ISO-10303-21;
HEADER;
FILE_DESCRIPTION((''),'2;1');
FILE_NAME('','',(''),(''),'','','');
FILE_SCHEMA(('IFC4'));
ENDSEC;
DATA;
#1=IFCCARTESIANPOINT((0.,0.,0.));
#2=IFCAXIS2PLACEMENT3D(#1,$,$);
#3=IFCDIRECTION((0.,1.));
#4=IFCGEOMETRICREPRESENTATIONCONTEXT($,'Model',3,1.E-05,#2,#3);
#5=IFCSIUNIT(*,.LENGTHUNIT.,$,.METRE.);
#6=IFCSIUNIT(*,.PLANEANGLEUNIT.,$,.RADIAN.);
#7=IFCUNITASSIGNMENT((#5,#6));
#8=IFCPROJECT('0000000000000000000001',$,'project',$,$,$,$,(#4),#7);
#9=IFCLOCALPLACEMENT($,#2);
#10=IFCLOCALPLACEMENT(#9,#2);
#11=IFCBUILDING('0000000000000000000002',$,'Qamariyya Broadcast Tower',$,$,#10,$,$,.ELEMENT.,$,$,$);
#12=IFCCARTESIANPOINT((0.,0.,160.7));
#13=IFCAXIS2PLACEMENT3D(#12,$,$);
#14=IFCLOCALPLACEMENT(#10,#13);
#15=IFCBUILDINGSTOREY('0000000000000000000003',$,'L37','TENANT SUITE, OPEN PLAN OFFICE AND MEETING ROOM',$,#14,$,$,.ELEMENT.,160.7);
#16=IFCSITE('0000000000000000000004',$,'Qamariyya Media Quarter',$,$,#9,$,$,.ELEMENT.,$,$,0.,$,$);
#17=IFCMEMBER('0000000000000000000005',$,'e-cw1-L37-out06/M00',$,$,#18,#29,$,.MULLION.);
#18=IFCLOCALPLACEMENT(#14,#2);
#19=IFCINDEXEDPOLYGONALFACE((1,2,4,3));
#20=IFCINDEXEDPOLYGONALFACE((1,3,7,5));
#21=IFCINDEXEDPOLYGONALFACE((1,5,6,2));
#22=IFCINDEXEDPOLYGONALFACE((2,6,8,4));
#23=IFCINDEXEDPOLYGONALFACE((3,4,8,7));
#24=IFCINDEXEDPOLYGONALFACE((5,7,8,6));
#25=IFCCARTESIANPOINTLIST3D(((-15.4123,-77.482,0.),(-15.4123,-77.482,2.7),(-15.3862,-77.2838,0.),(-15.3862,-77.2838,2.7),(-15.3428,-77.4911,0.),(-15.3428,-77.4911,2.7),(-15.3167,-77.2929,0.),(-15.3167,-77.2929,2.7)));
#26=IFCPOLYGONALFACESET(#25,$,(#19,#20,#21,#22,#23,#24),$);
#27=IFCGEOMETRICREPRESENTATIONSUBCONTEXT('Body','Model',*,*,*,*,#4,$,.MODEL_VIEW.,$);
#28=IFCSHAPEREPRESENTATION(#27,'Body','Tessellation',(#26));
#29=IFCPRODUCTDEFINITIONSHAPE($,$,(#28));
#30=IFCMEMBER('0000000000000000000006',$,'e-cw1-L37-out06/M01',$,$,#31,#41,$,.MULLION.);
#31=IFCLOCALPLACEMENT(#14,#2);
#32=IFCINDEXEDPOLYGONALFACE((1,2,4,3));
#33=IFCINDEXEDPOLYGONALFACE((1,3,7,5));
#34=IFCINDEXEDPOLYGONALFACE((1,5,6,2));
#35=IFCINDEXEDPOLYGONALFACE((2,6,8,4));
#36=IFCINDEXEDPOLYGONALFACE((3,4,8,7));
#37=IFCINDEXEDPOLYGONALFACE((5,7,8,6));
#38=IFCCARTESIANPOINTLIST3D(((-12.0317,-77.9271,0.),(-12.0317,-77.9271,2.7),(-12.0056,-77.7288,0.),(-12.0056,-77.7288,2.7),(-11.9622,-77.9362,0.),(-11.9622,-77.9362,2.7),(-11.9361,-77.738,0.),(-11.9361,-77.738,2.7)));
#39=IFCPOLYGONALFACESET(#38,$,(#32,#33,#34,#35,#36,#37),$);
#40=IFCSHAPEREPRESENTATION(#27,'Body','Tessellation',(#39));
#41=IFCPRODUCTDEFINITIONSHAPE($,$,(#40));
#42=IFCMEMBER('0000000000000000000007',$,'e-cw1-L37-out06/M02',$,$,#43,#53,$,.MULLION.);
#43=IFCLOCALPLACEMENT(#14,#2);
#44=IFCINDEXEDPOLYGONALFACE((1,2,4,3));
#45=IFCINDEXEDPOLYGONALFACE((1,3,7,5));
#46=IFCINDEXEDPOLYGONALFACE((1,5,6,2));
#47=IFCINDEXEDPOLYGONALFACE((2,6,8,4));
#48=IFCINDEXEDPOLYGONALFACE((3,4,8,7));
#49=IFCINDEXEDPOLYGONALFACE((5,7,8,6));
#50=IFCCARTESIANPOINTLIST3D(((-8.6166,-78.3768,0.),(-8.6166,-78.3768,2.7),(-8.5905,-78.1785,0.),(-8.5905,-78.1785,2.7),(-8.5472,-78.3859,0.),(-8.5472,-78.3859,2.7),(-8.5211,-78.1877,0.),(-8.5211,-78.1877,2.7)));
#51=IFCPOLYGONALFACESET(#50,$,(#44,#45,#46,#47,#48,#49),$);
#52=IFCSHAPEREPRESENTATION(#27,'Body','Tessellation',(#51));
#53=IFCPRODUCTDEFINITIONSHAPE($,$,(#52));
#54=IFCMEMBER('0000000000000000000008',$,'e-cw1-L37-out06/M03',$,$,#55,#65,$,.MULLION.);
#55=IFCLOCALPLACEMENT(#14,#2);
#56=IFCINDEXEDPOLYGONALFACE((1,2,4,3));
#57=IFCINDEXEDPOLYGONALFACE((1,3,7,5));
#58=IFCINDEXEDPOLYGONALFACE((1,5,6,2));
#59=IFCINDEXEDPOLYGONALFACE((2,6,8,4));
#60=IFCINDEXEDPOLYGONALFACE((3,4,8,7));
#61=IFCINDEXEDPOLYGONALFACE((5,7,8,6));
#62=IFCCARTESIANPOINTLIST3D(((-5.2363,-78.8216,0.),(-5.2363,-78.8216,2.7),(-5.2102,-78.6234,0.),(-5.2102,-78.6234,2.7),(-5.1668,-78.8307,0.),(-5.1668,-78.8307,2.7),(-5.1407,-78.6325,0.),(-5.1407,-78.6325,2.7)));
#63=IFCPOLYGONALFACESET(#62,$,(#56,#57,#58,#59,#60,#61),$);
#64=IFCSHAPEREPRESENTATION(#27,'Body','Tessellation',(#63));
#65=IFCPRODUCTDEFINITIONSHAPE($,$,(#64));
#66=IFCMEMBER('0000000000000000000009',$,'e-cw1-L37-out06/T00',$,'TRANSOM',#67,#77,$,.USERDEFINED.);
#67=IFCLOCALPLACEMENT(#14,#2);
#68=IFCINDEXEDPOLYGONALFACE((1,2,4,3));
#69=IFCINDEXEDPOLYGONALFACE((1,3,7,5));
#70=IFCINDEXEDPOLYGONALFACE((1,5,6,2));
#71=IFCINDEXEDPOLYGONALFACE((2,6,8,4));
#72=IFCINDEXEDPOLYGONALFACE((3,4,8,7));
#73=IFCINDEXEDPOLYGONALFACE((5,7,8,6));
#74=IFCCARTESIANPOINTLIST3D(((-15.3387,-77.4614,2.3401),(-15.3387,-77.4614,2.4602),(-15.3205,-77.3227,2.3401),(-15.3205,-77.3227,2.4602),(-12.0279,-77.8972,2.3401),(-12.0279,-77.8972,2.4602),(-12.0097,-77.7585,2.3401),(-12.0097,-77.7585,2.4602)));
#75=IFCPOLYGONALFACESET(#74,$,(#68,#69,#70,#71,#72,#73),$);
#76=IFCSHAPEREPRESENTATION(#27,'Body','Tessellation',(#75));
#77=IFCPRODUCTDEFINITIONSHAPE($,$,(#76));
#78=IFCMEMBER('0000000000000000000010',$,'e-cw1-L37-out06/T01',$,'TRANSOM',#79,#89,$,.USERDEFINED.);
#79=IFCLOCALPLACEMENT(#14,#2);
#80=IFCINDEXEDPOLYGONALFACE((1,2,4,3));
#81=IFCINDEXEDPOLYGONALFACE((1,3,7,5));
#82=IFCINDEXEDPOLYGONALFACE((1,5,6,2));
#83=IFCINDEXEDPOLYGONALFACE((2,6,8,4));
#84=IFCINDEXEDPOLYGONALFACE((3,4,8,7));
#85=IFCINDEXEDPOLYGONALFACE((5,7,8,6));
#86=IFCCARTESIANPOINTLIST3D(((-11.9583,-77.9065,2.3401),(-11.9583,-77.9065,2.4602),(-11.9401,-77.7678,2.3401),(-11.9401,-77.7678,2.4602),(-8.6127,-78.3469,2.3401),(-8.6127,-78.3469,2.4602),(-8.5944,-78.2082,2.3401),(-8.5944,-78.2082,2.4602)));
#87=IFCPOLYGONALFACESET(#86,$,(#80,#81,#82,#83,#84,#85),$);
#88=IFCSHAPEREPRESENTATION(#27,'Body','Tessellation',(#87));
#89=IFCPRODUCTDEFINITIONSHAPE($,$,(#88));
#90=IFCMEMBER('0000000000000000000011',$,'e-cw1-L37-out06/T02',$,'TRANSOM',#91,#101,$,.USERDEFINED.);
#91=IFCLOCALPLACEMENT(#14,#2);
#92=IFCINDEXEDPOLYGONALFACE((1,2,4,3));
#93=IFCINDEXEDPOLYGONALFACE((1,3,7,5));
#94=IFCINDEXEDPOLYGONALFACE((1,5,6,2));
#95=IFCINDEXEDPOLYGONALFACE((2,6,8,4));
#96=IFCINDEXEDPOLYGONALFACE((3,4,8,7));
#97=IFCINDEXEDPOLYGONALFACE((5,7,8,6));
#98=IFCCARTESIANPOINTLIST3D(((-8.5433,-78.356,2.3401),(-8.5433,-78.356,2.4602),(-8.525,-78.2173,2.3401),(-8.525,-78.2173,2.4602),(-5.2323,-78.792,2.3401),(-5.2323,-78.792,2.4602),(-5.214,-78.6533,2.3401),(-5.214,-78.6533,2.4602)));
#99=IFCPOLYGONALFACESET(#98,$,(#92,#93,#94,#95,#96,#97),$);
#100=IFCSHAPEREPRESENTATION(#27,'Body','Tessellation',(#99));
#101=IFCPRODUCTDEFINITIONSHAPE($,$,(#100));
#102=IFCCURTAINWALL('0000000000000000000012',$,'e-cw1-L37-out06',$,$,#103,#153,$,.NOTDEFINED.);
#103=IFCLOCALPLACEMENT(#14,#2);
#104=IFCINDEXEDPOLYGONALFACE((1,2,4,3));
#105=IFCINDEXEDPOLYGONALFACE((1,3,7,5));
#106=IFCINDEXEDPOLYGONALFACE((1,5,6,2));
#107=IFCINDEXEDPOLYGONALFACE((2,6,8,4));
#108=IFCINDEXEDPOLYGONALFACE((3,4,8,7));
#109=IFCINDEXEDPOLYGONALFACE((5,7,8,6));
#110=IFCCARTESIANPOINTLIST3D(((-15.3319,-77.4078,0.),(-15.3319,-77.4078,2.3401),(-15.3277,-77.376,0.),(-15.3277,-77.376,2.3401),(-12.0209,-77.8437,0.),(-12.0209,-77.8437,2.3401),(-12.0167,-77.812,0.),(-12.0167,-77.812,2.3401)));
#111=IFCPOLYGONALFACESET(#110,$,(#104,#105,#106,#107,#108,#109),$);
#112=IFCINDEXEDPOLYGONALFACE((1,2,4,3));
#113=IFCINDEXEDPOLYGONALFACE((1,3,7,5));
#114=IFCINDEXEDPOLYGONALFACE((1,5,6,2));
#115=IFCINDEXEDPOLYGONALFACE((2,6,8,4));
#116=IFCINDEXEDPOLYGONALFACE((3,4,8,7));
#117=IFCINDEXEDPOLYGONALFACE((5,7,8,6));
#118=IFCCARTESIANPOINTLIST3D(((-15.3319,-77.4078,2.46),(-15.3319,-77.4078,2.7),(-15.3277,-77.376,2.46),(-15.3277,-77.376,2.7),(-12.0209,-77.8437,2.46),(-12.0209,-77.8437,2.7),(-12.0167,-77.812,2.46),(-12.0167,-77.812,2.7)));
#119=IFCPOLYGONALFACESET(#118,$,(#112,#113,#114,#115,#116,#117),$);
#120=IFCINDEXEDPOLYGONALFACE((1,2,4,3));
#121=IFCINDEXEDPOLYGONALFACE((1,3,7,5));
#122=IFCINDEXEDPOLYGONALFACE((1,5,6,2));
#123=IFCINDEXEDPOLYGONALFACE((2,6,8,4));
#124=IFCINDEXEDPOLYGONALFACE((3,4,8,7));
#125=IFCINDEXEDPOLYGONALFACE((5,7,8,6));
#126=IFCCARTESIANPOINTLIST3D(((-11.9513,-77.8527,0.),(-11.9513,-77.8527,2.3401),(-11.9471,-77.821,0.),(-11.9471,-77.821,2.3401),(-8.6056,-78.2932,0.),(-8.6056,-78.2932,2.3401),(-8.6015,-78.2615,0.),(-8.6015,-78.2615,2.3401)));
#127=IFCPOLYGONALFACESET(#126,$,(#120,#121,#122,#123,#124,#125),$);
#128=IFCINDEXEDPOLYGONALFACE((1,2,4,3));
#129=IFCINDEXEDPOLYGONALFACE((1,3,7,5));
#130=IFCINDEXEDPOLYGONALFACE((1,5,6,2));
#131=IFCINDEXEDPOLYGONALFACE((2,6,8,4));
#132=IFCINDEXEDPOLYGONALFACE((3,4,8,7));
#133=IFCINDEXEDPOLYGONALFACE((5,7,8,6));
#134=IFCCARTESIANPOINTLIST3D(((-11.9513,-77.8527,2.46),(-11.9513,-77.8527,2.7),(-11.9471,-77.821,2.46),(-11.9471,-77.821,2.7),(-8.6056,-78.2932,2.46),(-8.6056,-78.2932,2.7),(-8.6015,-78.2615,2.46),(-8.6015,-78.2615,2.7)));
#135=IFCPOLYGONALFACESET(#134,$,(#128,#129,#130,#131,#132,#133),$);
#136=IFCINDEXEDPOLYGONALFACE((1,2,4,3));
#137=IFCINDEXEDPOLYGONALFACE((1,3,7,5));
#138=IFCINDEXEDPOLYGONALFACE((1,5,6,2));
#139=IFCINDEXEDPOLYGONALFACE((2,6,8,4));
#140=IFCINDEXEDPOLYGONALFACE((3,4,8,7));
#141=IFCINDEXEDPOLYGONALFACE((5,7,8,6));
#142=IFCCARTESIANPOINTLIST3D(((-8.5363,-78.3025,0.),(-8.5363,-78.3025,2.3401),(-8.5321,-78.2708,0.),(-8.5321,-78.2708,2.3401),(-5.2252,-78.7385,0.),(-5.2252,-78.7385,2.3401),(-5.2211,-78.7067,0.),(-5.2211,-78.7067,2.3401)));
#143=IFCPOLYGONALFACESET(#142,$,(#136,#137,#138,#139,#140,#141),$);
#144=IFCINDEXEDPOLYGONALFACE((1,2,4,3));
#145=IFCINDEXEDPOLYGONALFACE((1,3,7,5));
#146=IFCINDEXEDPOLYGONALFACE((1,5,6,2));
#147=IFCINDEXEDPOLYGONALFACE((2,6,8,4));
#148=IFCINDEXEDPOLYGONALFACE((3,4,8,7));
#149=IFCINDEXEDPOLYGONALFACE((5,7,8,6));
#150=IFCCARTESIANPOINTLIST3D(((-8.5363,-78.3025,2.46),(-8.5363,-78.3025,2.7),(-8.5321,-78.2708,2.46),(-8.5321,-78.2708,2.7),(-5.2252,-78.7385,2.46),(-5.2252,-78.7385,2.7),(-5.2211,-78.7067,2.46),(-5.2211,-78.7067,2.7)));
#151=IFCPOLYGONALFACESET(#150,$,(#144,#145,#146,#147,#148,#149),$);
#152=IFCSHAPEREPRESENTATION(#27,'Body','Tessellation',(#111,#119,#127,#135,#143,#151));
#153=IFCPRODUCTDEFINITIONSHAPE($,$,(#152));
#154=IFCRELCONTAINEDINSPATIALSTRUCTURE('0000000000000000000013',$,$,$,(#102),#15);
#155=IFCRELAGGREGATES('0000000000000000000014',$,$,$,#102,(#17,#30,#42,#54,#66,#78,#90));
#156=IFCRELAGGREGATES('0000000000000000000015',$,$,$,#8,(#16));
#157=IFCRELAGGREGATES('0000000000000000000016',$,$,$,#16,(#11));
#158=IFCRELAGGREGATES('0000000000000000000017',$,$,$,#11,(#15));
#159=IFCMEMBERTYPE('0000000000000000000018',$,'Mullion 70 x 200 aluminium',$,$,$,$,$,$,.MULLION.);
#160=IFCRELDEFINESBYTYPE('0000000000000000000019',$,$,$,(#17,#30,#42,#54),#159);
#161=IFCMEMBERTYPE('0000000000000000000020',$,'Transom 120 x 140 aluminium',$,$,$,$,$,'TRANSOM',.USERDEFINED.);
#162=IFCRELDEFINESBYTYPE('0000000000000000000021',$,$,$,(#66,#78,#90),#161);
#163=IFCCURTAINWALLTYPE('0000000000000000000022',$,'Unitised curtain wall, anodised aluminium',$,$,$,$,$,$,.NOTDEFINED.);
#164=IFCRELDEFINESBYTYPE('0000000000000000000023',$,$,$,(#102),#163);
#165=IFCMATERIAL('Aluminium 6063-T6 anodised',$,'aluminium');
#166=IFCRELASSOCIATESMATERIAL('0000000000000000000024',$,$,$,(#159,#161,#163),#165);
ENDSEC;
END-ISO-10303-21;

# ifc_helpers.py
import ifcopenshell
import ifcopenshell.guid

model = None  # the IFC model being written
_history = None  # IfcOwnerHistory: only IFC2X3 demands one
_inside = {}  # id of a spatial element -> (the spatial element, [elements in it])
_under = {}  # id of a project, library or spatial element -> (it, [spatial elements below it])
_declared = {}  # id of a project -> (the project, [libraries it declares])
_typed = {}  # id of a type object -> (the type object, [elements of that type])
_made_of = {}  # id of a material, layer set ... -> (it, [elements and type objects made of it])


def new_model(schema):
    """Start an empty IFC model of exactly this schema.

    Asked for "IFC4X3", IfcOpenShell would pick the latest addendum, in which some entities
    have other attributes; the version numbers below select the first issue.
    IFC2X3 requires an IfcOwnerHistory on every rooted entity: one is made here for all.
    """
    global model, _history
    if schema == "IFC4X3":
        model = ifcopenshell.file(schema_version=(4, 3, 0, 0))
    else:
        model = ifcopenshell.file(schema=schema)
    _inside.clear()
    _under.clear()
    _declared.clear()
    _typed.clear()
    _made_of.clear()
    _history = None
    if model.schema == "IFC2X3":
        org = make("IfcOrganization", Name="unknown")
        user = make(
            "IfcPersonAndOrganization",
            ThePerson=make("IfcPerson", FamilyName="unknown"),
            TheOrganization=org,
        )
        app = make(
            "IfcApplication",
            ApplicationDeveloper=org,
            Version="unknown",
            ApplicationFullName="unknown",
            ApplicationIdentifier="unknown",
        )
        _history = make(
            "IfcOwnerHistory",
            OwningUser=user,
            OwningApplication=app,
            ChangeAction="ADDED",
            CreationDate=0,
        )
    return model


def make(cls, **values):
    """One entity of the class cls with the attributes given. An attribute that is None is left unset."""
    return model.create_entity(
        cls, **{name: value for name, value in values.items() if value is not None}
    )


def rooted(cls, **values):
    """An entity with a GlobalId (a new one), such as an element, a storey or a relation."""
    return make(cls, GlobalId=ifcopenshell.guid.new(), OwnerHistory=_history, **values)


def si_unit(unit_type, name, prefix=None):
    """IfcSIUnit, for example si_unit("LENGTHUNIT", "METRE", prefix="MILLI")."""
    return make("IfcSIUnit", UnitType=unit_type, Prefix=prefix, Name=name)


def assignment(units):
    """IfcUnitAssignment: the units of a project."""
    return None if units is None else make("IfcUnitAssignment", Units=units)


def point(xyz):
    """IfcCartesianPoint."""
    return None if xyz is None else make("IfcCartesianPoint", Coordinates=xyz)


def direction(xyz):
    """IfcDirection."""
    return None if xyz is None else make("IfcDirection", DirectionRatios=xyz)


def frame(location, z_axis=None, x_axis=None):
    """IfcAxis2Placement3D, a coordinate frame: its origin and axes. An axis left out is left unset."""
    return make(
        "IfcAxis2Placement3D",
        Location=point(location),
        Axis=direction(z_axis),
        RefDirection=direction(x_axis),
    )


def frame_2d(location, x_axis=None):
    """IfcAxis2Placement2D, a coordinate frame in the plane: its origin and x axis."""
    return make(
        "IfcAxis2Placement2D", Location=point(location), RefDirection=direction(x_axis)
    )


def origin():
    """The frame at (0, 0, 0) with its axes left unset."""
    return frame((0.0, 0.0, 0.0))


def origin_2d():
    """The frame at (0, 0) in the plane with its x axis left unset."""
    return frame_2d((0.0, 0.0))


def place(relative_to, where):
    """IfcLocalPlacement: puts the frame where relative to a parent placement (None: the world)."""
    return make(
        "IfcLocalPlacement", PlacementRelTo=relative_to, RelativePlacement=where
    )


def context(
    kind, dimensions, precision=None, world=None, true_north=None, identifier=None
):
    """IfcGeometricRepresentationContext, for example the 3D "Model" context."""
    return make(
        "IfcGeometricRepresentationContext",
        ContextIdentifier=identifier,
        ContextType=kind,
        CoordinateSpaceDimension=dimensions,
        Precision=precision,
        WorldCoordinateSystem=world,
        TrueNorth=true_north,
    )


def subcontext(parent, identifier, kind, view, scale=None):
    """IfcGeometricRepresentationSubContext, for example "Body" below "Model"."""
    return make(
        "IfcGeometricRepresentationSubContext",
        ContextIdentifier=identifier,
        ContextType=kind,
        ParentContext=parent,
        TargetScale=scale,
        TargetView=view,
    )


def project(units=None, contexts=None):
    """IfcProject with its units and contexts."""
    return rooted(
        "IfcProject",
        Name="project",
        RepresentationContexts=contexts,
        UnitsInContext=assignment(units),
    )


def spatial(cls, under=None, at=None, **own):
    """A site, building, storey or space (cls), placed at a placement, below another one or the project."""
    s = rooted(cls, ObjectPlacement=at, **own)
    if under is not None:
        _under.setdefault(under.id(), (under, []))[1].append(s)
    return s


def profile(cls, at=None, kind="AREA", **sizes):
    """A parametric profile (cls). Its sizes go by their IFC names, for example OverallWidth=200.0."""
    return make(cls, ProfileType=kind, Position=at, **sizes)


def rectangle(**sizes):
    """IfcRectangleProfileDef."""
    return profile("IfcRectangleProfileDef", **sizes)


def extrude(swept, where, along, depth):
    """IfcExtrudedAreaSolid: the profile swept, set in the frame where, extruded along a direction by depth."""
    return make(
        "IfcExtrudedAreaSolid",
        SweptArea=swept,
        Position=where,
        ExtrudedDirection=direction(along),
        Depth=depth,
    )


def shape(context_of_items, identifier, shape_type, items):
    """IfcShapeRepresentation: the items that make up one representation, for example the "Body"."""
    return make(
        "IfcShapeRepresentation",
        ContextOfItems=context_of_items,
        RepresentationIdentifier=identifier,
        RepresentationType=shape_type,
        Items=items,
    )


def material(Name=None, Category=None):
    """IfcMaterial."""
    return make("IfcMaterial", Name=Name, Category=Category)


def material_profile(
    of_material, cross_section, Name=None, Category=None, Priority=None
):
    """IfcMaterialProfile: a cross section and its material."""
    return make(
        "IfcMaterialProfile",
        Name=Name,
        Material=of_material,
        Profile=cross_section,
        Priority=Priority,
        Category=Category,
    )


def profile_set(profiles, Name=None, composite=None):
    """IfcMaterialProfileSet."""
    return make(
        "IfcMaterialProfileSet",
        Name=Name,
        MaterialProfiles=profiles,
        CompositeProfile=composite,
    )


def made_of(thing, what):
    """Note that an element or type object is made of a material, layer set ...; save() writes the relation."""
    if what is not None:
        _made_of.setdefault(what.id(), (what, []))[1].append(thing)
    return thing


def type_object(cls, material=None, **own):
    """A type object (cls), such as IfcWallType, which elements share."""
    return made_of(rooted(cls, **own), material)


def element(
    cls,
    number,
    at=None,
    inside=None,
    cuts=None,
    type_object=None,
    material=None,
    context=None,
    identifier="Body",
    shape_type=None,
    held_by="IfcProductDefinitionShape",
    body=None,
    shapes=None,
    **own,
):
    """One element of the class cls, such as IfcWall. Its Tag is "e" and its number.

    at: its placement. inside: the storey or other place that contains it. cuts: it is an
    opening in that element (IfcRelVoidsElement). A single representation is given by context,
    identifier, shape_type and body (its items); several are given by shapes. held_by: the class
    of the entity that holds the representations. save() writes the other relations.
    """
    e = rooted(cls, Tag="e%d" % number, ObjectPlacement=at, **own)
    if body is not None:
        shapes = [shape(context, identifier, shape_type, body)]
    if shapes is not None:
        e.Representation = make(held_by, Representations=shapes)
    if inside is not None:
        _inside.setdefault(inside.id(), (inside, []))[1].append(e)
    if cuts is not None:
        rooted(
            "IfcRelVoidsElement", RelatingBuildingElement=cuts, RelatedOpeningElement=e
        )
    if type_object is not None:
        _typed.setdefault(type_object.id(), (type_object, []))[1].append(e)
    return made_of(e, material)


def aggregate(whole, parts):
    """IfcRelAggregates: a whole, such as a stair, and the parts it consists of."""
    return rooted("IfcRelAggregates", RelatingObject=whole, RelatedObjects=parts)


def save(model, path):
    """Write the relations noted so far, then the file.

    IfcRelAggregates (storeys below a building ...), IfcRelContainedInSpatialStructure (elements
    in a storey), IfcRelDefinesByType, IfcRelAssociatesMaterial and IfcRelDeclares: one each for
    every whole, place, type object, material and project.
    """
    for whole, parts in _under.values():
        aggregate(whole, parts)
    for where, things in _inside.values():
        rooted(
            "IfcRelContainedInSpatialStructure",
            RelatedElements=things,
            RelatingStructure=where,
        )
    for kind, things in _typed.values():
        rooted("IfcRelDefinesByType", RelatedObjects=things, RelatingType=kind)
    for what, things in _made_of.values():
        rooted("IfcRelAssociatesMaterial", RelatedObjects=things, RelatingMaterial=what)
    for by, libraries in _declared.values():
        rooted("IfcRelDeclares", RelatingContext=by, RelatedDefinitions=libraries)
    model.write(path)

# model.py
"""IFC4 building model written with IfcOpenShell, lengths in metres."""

from ifc_helpers import new_model, si_unit, direction, frame, origin, origin_2d, place, context, subcontext, project, spatial, rectangle, extrude, material, material_profile, profile_set, type_object, element, aggregate, save


model = new_model("IFC4")

# Units and contexts
model_context = context("Model", 3, precision=1e-05, world=origin(), true_north=direction((0.0, 1.0)))
body_context = subcontext(model_context, "Body", "Model", "MODEL_VIEW")
ifc_project = project(units=[si_unit("LENGTHUNIT", "METRE"), si_unit("PLANEANGLEUNIT", "RADIAN")], contexts=[model_context])

# Members
ifc_material = material(Name="Aluminium 6063-T6 anodised", Category="aluminium")
ifc_material_profile_1 = material_profile(ifc_material, rectangle(XDim=0.2, YDim=0.0701, at=origin_2d()))
ifc_profile_set_1 = profile_set([ifc_material_profile_1], Name="Aluminium 6063-T6 anodised")
member_type_1 = type_object("IfcMemberType", Name="Mullion 70 x 200 aluminium", PredefinedType="MULLION", material=ifc_profile_set_1)
site_placement = place(None, origin())
building_placement = place(site_placement, origin())
storey_placement = place(building_placement, frame((0.0, 0.0, 160.7)))
member_1_placement = place(storey_placement, frame((-15.3645, -77.3875, 0.0), z_axis=(0.0, 0.0, 1.0), x_axis=(0.130526, 0.991445, 0.0)))
member_1 = element("IfcMember", 1, at=member_1_placement, type_object=member_type_1, Name="e-cw1-L37-out06/M00", PredefinedType="MULLION", context=body_context, shape_type="SweptSolid", body=[
    extrude(rectangle(XDim=0.2, YDim=0.0701, at=origin_2d()), origin(), (0.0, 0.0, 1.0), 2.7),
])
member_2_placement = place(storey_placement, frame((-11.9839, -77.8325, 0.0), z_axis=(0.0, 0.0, 1.0), x_axis=(0.130526, 0.991445, 0.0)))
member_2 = element("IfcMember", 2, at=member_2_placement, type_object=member_type_1, Name="e-cw1-L37-out06/M01", PredefinedType="MULLION", context=body_context, shape_type="SweptSolid", body=[
    extrude(rectangle(XDim=0.2, YDim=0.0701, at=origin_2d()), origin(), (0.0, 0.0, 1.0), 2.7),
])
member_3_placement = place(storey_placement, frame((-8.5688, -78.2822, 0.0), z_axis=(0.0, 0.0, 1.0), x_axis=(0.130526, 0.991445, 0.0)))
member_3 = element("IfcMember", 3, at=member_3_placement, type_object=member_type_1, Name="e-cw1-L37-out06/M02", PredefinedType="MULLION", context=body_context, shape_type="SweptSolid", body=[
    extrude(rectangle(XDim=0.2, YDim=0.0701, at=origin_2d()), origin(), (0.0, 0.0, 1.0), 2.7),
])
member_4_placement = place(storey_placement, frame((-5.1885, -78.7271, 0.0), z_axis=(0.0, 0.0, 1.0), x_axis=(0.130526, 0.991445, 0.0)))
member_4 = element("IfcMember", 4, at=member_4_placement, type_object=member_type_1, Name="e-cw1-L37-out06/M03", PredefinedType="MULLION", context=body_context, shape_type="SweptSolid", body=[
    extrude(rectangle(XDim=0.2, YDim=0.0701, at=origin_2d()), origin(), (0.0, 0.0, 1.0), 2.7),
])
ifc_material_profile_2 = material_profile(ifc_material, rectangle(XDim=0.1399, YDim=0.1201, at=origin_2d()))
ifc_profile_set_2 = profile_set([ifc_material_profile_2], Name="Aluminium 6063-T6 anodised")
member_type_2 = type_object("IfcMemberType", Name="Transom 120 x 140 aluminium", ElementType="TRANSOM", PredefinedType="USERDEFINED", material=ifc_profile_set_2)
member_5_placement = place(storey_placement, frame((-15.3296, -77.3921, 2.4001), z_axis=(0.991448, -0.130502, 0.0), x_axis=(0.130502, 0.991448, 0.0)))
member_5 = element("IfcMember", 5, at=member_5_placement, type_object=member_type_2, Name="e-cw1-L37-out06/T00", ObjectType="TRANSOM", PredefinedType="USERDEFINED", context=body_context, shape_type="SweptSolid", body=[
    extrude(rectangle(XDim=0.1399, YDim=0.1201, at=origin_2d()), origin(), (0.0, 0.0, 1.0), 3.3394),
])
member_6_placement = place(storey_placement, frame((-11.9492, -77.8372, 2.4001), z_axis=(0.991446, -0.130514, 0.0), x_axis=(0.130514, 0.991446, 0.0)))
member_6 = element("IfcMember", 6, at=member_6_placement, type_object=member_type_2, Name="e-cw1-L37-out06/T01", ObjectType="TRANSOM", PredefinedType="USERDEFINED", context=body_context, shape_type="SweptSolid", body=[
    extrude(rectangle(XDim=0.1399, YDim=0.1201, at=origin_2d()), origin(), (0.0, 0.0, 1.0), 3.3745),
])
member_7_placement = place(storey_placement, frame((-8.5342, -78.2866, 2.4001), z_axis=(0.99144, -0.130564, 0.0), x_axis=(0.130564, 0.99144, 0.0)))
member_7 = element("IfcMember", 7, at=member_7_placement, type_object=member_type_2, Name="e-cw1-L37-out06/T02", ObjectType="TRANSOM", PredefinedType="USERDEFINED", context=body_context, shape_type="SweptSolid", body=[
    extrude(rectangle(XDim=0.1399, YDim=0.1201, at=origin_2d()), origin(), (0.0, 0.0, 1.0), 3.3396),
])

# Site, building, storey
site = spatial("IfcSite", under=ifc_project, at=site_placement, Name="Qamariyya Media Quarter", CompositionType="ELEMENT", RefElevation=0.0)
building = spatial("IfcBuilding", under=site, at=building_placement, Name="Qamariyya Broadcast Tower", CompositionType="ELEMENT")
storey = spatial("IfcBuildingStorey", under=building, at=storey_placement, Name="L37", Description="TENANT SUITE, OPEN PLAN OFFICE AND MEETING ROOM", CompositionType="ELEMENT", Elevation=160.7)

# Curtain wall
curtain_wall_type = type_object("IfcCurtainWallType", Name="Unitised curtain wall, anodised aluminium", PredefinedType="NOTDEFINED", material=ifc_material)
curtain_wall_1_placement = place(storey_placement, origin())
curtain_wall_1 = element("IfcCurtainWall", 8, at=curtain_wall_1_placement, inside=storey, type_object=curtain_wall_type, Name="e-cw1-L37-out06", PredefinedType="NOTDEFINED", context=body_context, shape_type="SweptSolid", body=[
    extrude(rectangle(XDim=3.3396, YDim=0.032, at=origin_2d()), frame((-13.6743, -77.6099, 0.0), x_axis=(0.991444, -0.130531, 0.0)), (0.0, 0.0, 1.0), 2.3401),
    extrude(rectangle(XDim=3.3396, YDim=0.032, at=origin_2d()), frame((-13.6743, -77.6099, 2.46), x_axis=(0.991444, -0.130531, 0.0)), (0.0, 0.0, 1.0), 0.24),
    extrude(rectangle(XDim=3.3745, YDim=0.032, at=origin_2d()), frame((-10.2764, -78.0571, 0.0), x_axis=(0.991444, -0.130531, 0.0)), (0.0, 0.0, 1.0), 2.3401),
    extrude(rectangle(XDim=3.3745, YDim=0.032, at=origin_2d()), frame((-10.2764, -78.0571, 2.46), x_axis=(0.991444, -0.130531, 0.0)), (0.0, 0.0, 1.0), 0.24),
    extrude(rectangle(XDim=3.3396, YDim=0.032, at=origin_2d()), frame((-6.8787, -78.5046, 0.0), x_axis=(0.991444, -0.130531, 0.0)), (0.0, 0.0, 1.0), 2.3401),
    extrude(rectangle(XDim=3.3396, YDim=0.032, at=origin_2d()), frame((-6.8787, -78.5046, 2.46), x_axis=(0.991444, -0.130531, 0.0)), (0.0, 0.0, 1.0), 0.24),
])
aggregate(curtain_wall_1, [member_1, member_2, member_3, member_4, member_5, member_6, member_7])

save(model, "model.ifc")
